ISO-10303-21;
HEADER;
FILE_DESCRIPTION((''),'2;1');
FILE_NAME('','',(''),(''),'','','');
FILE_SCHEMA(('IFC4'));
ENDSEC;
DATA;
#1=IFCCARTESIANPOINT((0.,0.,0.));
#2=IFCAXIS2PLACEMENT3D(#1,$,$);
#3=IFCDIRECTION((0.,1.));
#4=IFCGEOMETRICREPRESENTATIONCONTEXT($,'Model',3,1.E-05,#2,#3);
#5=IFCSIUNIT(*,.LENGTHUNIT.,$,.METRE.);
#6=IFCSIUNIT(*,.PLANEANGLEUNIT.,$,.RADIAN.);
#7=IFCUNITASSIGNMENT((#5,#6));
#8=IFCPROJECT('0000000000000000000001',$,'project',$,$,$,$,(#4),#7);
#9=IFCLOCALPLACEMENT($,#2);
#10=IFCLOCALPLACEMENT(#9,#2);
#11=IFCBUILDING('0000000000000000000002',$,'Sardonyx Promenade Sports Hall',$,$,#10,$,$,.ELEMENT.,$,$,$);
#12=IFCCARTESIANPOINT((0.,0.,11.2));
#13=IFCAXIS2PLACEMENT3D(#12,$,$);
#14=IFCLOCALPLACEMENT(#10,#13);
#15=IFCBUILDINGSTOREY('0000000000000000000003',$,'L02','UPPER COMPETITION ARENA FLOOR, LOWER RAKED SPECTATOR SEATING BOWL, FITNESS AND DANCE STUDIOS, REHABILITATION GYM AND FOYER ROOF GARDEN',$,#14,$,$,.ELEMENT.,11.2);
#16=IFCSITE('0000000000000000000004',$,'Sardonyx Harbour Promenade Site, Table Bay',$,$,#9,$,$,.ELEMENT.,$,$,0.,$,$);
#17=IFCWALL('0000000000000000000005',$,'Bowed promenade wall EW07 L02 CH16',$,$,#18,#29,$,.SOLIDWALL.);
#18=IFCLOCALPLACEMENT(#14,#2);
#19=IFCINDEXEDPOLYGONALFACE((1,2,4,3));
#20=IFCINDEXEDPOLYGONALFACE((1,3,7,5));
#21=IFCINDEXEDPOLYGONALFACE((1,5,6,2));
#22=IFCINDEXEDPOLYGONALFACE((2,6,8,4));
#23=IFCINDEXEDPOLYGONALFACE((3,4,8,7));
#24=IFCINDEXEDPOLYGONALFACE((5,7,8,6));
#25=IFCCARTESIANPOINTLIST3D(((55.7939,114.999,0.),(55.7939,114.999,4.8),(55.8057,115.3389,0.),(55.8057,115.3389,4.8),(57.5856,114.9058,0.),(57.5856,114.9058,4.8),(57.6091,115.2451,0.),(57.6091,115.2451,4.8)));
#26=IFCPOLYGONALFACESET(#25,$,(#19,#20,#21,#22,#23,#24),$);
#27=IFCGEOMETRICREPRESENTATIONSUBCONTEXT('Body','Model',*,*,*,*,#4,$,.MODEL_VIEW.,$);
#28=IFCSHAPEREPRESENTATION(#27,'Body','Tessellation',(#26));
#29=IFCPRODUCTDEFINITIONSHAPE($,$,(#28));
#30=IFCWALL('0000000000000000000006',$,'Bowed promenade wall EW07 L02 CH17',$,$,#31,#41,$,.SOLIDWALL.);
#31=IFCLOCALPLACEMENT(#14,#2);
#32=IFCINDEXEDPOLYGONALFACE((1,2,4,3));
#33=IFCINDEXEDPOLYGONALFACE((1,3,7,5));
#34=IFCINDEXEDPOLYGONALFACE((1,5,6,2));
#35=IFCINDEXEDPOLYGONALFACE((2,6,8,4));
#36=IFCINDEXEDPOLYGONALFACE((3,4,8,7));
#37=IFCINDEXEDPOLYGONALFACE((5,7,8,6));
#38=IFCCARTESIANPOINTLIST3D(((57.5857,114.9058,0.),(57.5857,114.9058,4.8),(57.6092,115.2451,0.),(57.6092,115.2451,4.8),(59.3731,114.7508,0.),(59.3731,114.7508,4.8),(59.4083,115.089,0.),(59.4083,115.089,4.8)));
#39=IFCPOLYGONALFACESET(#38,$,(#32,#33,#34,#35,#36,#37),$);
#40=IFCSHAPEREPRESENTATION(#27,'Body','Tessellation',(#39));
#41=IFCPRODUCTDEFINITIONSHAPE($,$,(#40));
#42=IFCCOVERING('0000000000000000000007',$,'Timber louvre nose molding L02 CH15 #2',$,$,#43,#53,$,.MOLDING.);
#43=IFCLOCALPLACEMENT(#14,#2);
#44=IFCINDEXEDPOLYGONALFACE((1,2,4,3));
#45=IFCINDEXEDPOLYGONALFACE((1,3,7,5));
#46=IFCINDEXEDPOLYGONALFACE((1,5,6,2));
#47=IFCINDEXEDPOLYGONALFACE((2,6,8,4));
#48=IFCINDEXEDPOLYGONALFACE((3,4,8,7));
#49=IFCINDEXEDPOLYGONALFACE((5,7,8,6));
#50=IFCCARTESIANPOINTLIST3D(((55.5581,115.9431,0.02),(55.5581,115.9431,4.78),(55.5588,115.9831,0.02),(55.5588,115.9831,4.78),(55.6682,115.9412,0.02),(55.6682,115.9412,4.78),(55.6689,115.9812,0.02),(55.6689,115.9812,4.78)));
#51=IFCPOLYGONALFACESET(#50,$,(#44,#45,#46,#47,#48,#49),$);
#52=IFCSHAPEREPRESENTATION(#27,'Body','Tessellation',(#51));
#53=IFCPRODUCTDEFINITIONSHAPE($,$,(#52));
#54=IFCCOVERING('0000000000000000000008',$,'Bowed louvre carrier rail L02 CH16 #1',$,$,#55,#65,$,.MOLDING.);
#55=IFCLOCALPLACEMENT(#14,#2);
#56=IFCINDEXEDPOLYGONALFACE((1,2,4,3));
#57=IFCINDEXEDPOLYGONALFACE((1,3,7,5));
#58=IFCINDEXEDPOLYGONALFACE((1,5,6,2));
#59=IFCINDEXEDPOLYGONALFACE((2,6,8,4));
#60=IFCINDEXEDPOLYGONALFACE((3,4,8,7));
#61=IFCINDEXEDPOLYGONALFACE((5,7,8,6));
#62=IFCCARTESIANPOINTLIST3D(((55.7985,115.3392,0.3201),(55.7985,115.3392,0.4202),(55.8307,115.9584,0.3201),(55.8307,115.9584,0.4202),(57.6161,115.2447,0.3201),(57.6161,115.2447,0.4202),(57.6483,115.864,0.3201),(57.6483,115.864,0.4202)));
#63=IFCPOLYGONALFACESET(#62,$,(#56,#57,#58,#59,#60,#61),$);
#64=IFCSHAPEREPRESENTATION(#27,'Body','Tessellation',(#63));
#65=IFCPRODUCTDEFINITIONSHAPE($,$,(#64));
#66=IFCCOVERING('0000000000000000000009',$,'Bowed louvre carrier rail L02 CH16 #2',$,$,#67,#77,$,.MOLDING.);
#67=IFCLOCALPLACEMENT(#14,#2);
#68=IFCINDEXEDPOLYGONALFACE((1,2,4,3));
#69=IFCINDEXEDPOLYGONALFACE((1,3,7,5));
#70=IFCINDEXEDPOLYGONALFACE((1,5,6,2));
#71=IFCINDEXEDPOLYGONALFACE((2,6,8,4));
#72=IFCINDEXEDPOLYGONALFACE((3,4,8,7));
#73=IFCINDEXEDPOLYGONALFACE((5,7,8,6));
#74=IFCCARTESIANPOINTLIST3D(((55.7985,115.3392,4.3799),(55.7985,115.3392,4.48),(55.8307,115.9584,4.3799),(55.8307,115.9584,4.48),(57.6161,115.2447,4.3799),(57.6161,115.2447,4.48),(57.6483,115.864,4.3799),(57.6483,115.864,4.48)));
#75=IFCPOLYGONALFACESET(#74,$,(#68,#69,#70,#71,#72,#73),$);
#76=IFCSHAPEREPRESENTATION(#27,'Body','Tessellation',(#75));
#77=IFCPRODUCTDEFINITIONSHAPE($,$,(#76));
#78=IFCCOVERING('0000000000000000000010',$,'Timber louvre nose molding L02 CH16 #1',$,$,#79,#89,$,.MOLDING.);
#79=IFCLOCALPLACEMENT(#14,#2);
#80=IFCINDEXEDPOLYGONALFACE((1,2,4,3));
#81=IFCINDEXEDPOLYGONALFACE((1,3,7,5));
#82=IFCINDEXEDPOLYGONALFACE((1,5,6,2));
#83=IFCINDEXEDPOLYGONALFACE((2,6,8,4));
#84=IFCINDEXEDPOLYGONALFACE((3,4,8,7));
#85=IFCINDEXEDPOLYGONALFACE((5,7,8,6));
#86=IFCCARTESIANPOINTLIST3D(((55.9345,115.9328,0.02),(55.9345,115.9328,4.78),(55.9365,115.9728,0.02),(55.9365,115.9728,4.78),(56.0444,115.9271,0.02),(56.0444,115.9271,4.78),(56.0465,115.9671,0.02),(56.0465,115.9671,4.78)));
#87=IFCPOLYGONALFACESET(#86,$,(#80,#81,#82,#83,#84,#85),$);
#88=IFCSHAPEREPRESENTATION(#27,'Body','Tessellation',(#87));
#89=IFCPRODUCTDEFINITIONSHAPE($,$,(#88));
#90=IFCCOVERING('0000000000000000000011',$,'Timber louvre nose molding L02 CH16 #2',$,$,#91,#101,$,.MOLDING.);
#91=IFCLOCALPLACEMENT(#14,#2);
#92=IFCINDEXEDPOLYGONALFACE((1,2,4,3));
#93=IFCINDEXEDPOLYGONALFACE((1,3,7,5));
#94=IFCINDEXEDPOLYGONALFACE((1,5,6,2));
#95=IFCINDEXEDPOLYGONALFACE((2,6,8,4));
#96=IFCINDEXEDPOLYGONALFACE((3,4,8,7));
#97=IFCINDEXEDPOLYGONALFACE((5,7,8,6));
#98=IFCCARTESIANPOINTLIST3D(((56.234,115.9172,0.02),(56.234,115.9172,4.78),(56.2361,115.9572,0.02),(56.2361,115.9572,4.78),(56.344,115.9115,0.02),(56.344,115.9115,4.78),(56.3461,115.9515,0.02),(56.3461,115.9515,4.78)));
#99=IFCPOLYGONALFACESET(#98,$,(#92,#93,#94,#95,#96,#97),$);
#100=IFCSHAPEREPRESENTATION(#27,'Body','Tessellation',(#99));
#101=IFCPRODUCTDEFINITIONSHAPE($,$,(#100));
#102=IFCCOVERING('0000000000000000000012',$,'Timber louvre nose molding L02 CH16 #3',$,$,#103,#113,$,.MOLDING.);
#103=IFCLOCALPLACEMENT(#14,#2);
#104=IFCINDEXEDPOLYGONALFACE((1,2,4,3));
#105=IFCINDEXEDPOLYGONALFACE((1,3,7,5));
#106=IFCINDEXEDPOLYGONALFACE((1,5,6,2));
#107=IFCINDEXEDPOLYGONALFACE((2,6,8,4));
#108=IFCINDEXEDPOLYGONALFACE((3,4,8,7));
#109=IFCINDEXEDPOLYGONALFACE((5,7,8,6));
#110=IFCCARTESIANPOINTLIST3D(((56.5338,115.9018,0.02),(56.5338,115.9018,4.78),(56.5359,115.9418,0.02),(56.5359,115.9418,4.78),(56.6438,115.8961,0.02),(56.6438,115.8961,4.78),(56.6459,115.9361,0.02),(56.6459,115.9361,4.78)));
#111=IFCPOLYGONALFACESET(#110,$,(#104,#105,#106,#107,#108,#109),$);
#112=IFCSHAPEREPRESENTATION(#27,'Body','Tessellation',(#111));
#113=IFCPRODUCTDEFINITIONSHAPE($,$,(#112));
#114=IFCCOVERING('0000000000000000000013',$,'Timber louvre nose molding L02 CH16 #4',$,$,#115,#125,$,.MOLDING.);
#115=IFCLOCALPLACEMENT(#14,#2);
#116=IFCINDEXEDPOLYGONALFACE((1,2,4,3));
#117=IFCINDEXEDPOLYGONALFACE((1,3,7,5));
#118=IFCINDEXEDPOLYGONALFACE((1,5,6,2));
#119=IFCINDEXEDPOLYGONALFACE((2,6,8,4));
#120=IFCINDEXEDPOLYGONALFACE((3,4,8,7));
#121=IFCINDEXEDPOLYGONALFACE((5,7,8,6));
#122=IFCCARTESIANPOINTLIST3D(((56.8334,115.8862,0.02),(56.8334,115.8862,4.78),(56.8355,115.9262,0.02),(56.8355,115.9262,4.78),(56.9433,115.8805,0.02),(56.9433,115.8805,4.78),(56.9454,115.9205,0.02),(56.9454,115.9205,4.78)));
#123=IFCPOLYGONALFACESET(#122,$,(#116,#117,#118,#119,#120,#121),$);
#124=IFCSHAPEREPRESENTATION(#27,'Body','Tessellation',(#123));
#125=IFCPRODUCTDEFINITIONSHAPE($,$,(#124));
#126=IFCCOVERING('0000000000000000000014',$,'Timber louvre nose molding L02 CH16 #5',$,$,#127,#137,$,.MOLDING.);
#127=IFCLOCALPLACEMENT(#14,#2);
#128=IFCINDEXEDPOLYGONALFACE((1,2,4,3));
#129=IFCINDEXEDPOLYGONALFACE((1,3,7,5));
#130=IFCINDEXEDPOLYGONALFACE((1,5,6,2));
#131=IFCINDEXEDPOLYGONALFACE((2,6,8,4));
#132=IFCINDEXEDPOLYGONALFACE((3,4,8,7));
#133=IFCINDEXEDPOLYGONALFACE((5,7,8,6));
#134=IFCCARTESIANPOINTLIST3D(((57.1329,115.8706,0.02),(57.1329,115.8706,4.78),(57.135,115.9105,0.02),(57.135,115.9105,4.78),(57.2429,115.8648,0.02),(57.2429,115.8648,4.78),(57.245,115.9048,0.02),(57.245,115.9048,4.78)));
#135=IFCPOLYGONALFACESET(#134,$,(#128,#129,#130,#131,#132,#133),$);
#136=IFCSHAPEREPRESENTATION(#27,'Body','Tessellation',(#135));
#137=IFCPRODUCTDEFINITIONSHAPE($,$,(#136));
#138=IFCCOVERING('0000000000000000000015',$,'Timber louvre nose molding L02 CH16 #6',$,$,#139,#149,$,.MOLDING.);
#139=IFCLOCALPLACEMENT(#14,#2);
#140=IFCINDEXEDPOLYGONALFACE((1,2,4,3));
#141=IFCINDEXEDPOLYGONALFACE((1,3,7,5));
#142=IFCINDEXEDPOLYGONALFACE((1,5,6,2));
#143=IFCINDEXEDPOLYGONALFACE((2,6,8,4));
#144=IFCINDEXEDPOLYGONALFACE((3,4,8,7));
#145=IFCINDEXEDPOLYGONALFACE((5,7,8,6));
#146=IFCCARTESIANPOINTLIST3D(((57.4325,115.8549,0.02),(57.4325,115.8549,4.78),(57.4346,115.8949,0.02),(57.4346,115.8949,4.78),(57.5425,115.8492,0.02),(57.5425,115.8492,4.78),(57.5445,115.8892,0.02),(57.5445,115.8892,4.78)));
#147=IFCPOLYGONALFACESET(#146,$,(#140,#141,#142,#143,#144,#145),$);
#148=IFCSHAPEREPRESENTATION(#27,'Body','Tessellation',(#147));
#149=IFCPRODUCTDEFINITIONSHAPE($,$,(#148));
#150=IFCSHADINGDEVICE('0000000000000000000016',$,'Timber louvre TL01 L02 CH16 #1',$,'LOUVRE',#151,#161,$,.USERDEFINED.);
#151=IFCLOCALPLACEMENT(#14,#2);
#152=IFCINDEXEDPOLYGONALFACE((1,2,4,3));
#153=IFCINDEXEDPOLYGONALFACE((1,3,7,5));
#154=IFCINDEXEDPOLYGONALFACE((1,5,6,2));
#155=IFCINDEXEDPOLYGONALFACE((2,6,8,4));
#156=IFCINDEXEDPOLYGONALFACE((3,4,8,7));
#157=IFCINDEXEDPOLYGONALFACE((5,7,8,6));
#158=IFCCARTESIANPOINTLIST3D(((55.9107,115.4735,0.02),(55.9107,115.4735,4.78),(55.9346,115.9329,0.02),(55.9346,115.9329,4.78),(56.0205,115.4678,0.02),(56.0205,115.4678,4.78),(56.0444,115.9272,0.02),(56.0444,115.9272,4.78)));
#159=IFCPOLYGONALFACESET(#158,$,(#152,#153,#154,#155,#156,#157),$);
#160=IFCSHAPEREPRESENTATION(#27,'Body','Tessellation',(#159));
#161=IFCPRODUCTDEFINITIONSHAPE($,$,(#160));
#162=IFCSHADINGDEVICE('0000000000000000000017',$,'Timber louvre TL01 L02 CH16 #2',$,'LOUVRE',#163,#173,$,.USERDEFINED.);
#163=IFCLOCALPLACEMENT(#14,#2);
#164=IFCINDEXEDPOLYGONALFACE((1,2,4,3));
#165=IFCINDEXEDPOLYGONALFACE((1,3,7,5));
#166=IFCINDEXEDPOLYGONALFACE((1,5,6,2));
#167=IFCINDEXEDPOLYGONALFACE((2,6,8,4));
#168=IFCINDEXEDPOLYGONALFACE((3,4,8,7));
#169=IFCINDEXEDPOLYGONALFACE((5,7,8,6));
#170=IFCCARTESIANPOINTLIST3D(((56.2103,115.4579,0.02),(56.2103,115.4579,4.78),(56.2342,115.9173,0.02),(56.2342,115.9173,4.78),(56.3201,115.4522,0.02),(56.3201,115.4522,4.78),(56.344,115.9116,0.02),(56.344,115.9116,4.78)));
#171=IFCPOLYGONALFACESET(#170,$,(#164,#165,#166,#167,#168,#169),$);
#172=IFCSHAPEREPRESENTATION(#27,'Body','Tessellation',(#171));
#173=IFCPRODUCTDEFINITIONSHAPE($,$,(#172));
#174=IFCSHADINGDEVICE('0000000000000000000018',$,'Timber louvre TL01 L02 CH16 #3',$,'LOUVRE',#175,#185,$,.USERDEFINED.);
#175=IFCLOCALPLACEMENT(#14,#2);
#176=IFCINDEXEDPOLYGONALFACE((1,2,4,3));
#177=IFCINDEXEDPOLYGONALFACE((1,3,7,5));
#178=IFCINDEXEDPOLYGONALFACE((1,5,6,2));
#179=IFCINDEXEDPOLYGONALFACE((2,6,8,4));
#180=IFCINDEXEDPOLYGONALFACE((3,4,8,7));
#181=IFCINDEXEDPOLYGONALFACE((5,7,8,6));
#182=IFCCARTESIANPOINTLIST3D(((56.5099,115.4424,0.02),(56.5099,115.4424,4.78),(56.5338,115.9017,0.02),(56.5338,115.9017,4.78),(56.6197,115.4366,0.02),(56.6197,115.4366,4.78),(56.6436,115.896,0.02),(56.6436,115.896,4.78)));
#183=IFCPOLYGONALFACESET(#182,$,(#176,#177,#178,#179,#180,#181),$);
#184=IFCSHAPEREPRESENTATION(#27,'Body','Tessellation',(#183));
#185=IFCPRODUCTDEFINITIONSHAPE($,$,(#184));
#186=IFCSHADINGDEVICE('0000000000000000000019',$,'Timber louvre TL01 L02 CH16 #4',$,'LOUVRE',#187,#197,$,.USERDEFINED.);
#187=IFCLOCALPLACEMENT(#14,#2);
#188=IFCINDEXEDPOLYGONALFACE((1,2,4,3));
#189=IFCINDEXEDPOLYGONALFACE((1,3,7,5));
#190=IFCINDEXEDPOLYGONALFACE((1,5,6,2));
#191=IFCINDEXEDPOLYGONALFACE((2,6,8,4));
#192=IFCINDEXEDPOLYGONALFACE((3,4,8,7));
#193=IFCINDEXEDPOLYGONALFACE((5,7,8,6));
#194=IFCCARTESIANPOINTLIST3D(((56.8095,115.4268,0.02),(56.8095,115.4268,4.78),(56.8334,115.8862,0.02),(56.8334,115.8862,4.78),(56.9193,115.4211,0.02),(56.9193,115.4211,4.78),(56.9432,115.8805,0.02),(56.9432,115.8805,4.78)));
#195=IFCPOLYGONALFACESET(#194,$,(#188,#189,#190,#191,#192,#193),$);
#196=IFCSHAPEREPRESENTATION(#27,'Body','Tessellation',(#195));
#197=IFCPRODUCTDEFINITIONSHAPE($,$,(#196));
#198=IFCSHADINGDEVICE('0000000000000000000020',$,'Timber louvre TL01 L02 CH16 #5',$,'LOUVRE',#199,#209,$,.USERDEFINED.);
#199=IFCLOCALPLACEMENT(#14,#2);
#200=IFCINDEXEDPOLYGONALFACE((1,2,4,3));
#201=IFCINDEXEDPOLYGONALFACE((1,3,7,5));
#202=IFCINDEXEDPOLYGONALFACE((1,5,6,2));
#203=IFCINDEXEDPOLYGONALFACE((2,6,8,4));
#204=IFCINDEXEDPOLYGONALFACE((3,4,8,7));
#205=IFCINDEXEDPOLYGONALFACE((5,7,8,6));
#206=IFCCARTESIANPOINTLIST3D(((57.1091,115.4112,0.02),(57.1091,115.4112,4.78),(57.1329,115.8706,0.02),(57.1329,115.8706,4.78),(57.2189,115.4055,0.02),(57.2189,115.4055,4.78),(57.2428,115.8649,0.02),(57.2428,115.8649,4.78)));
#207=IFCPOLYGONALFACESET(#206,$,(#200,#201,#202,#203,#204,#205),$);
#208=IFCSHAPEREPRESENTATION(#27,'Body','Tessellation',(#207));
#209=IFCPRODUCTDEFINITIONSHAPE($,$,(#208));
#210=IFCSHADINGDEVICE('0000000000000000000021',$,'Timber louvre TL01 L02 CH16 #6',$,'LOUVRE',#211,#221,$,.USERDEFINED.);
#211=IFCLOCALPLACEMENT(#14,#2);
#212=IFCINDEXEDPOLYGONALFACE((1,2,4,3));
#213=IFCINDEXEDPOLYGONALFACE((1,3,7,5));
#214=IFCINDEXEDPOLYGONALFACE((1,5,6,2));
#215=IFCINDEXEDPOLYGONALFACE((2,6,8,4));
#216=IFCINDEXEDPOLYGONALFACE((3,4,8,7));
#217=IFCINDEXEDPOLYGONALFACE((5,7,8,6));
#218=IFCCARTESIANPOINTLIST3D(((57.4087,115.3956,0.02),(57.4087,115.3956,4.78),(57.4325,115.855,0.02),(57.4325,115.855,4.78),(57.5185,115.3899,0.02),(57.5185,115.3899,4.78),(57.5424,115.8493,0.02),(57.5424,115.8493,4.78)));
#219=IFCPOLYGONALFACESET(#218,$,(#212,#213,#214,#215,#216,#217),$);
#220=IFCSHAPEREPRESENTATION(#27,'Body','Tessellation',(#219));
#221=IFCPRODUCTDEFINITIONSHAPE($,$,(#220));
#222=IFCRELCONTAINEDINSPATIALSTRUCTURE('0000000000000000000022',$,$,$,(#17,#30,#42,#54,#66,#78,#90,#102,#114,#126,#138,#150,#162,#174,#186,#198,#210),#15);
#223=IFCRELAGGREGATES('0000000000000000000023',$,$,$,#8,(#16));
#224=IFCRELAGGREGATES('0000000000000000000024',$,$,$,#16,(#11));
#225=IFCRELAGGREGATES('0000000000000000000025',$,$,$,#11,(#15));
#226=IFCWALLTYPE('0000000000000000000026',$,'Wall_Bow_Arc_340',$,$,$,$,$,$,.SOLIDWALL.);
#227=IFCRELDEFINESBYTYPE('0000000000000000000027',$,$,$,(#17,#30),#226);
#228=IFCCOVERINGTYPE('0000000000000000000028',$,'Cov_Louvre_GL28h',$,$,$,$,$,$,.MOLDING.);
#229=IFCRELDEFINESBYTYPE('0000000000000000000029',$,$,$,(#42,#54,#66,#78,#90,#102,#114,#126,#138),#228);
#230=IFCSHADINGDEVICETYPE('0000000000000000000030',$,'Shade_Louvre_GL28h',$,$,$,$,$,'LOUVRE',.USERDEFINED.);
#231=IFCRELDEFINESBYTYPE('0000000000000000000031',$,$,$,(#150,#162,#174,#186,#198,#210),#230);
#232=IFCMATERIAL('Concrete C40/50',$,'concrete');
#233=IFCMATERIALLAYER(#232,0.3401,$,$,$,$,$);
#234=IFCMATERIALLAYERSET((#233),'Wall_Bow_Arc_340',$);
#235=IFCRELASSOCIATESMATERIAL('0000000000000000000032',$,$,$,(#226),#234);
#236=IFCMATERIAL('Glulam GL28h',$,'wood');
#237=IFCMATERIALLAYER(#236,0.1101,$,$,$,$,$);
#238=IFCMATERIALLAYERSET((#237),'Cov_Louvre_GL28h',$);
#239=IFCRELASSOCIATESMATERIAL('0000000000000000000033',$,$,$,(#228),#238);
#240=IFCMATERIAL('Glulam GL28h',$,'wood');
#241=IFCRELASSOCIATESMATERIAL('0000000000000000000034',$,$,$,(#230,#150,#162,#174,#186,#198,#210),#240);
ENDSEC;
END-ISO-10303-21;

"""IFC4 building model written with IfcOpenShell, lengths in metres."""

from ifc_helpers import new_model, si_unit, direction, frame, origin, origin_2d, place, context, subcontext, project, spatial, polyline, rectangle, outline, extrude, material, layer, layer_set, type_object, element, save


model = new_model("IFC4")

# Units and contexts
model_context = context("Model", 3, precision=1e-05, world=origin(), true_north=direction((0.0, 1.0)))
body_context = subcontext(model_context, "Body", "Model", "MODEL_VIEW")
ifc_project = project(units=[si_unit("LENGTHUNIT", "METRE"), si_unit("PLANEANGLEUNIT", "RADIAN")], contexts=[model_context])

# Site, building, storey
site_placement = place(None, origin())
site = spatial("IfcSite", under=ifc_project, at=site_placement, Name="Sardonyx Harbour Promenade Site, Table Bay", CompositionType="ELEMENT", RefElevation=0.0)
building_placement = place(site_placement, origin())
building = spatial("IfcBuilding", under=site, at=building_placement, Name="Sardonyx Promenade Sports Hall", CompositionType="ELEMENT")
storey_placement = place(building_placement, frame((0.0, 0.0, 11.2)))
storey = spatial("IfcBuildingStorey", under=building, at=storey_placement, Name="L02", Description="UPPER COMPETITION ARENA FLOOR, LOWER RAKED SPECTATOR SEATING BOWL, FITNESS AND DANCE STUDIOS, REHABILITATION GYM AND FOYER ROOF GARDEN", CompositionType="ELEMENT", Elevation=11.2)

# Walls
ifc_material_1 = material(Name="Concrete C40/50", Category="concrete")
ifc_layer_1 = layer(ifc_material_1, 0.3401)
ifc_layer_set_1 = layer_set([ifc_layer_1], Name="Wall_Bow_Arc_340")
wall_type = type_object("IfcWallType", Name="Wall_Bow_Arc_340", PredefinedType="SOLIDWALL", material=ifc_layer_set_1)
wall_1_placement = place(storey_placement, frame((55.7998, 115.1689, 0.0), z_axis=(0.0, 0.0, 1.0), x_axis=(0.99865, -0.051947, 0.0)))
element("IfcWall", 1, at=wall_1_placement, inside=storey, type_object=wall_type, Name="Bowed promenade wall EW07 L02 CH16", PredefinedType="SOLIDWALL", context=body_context, shape_type="SweptSolid", body=[
    extrude(outline(polyline([(0.0029, -0.17), (1.7971, -0.17), (1.8029, 0.17), (-0.0029, 0.17), (0.0029, -0.17)])), origin(), (0.0, 0.0, 1.0), 4.8),
])
wall_2_placement = place(storey_placement, frame((57.5974, 115.0754, 0.0), z_axis=(0.0, 0.0, 1.0), x_axis=(0.99626, -0.086401, 0.0)))
element("IfcWall", 2, at=wall_2_placement, inside=storey, type_object=wall_type, Name="Bowed promenade wall EW07 L02 CH17", PredefinedType="SOLIDWALL", context=body_context, shape_type="SweptSolid", body=[
    extrude(outline(polyline([(0.0029, -0.17), (1.7971, -0.17), (1.8029, 0.17), (-0.0029, 0.17), (0.0029, -0.17)])), origin(), (0.0, 0.0, 1.0), 4.8),
])

# Coverings
ifc_material_2 = material(Name="Glulam GL28h", Category="wood")
ifc_layer_2 = layer(ifc_material_2, 0.1101)
ifc_layer_set_2 = layer_set([ifc_layer_2], Name="Cov_Louvre_GL28h")
covering_type = type_object("IfcCoveringType", Name="Cov_Louvre_GL28h", PredefinedType="MOLDING", material=ifc_layer_set_2)
covering_placement = place(storey_placement, frame((55.6135, 115.9622, 0.02), z_axis=(0.0, 0.0, 1.0), x_axis=(0.99985, -0.017308, 0.0)))
element("IfcCovering", 3, at=covering_placement, inside=storey, type_object=covering_type, Name="Timber louvre nose molding L02 CH15 #2", PredefinedType="MOLDING", context=body_context, shape_type="SweptSolid", body=[
    extrude(rectangle(XDim=0.1101, YDim=0.04, at=origin_2d()), origin(), (0.0, 0.0, 1.0), 4.76),
])
for number, where, z_axis, x_axis, name in (
    (4, (56.7234, 115.6016, 0.3201), (0.0, 0.0, 1.0), (0.998652, -0.051902, 0.0), "Bowed louvre carrier rail L02 CH16 #1"),
    (5, (56.7234, 115.6016, 4.3799), (0.0, 0.0, 1.0), (0.998652, -0.051902, 0.0), "Bowed louvre carrier rail L02 CH16 #2"),
):
    element("IfcCovering", number, at=place(storey_placement, frame(where, z_axis=z_axis, x_axis=x_axis)), inside=storey, type_object=covering_type, Name=name, PredefinedType="MOLDING", context=body_context, shape_type="SweptSolid", body=[
        extrude(rectangle(XDim=1.8201, YDim=0.6201, at=origin_2d()), origin(), (0.0, 0.0, 1.0), 0.1001),
    ])
for number, where, z_axis, x_axis, name in (
    (6, (55.9905, 115.95, 0.02), (0.0, 0.0, 1.0), (0.998652, -0.051902, 0.0), "Timber louvre nose molding L02 CH16 #1"),
    (7, (56.29, 115.9343, 0.02), (0.0, 0.0, 1.0), (0.998652, -0.051902, 0.0), "Timber louvre nose molding L02 CH16 #2"),
    (8, (56.5898, 115.9189, 0.02), (0.0, 0.0, 1.0), (0.998652, -0.051902, 0.0), "Timber louvre nose molding L02 CH16 #3"),
    (9, (56.8894, 115.9033, 0.02), (0.0, 0.0, 1.0), (0.998652, -0.051902, 0.0), "Timber louvre nose molding L02 CH16 #4"),
    (10, (57.189, 115.8877, 0.02), (0.0, 0.0, 1.0), (0.998652, -0.051902, 0.0), "Timber louvre nose molding L02 CH16 #5"),
    (11, (57.4885, 115.8721, 0.02), (0.0, 0.0, 1.0), (0.998652, -0.051902, 0.0), "Timber louvre nose molding L02 CH16 #6"),
):
    element("IfcCovering", number, at=place(storey_placement, frame(where, z_axis=z_axis, x_axis=x_axis)), inside=storey, type_object=covering_type, Name=name, PredefinedType="MOLDING", context=body_context, shape_type="SweptSolid", body=[
        extrude(rectangle(XDim=0.1101, YDim=0.04, at=origin_2d()), origin(), (0.0, 0.0, 1.0), 4.76),
    ])

# Shading devices
ifc_material_3 = material(Name="Glulam GL28h", Category="wood")
shading_device_type = type_object("IfcShadingDeviceType", Name="Shade_Louvre_GL28h", ElementType="LOUVRE", PredefinedType="USERDEFINED", material=ifc_material_3)
for number, where, z_axis, x_axis, name in (
    (12, (55.9776, 115.7003, 0.02), (0.0, 0.0, 1.0), (0.998652, -0.051902, 0.0), "Timber louvre TL01 L02 CH16 #1"),
    (13, (56.2772, 115.6848, 0.02), (0.0, 0.0, 1.0), (0.998652, -0.051902, 0.0), "Timber louvre TL01 L02 CH16 #2"),
    (14, (56.5767, 115.6692, 0.02), (0.0, 0.0, 1.0), (0.998652, -0.051902, 0.0), "Timber louvre TL01 L02 CH16 #3"),
    (15, (56.8763, 115.6536, 0.02), (0.0, 0.0, 1.0), (0.998652, -0.051902, 0.0), "Timber louvre TL01 L02 CH16 #4"),
    (16, (57.1759, 115.6381, 0.02), (0.0, 0.0, 1.0), (0.998652, -0.051902, 0.0), "Timber louvre TL01 L02 CH16 #5"),
    (17, (57.4755, 115.6225, 0.02), (0.0, 0.0, 1.0), (0.998652, -0.051902, 0.0), "Timber louvre TL01 L02 CH16 #6"),
):
    element("IfcShadingDevice", number, at=place(storey_placement, frame(where, z_axis=z_axis, x_axis=x_axis)), inside=storey, type_object=shading_device_type, material=ifc_material_3, Name=name, ObjectType="LOUVRE", PredefinedType="USERDEFINED", context=body_context, shape_type="SweptSolid", body=[
        extrude(rectangle(XDim=0.11, YDim=0.46), origin(), (0.0, 0.0, 1.0), 4.76),
    ])

save(model, "model.ifc")
